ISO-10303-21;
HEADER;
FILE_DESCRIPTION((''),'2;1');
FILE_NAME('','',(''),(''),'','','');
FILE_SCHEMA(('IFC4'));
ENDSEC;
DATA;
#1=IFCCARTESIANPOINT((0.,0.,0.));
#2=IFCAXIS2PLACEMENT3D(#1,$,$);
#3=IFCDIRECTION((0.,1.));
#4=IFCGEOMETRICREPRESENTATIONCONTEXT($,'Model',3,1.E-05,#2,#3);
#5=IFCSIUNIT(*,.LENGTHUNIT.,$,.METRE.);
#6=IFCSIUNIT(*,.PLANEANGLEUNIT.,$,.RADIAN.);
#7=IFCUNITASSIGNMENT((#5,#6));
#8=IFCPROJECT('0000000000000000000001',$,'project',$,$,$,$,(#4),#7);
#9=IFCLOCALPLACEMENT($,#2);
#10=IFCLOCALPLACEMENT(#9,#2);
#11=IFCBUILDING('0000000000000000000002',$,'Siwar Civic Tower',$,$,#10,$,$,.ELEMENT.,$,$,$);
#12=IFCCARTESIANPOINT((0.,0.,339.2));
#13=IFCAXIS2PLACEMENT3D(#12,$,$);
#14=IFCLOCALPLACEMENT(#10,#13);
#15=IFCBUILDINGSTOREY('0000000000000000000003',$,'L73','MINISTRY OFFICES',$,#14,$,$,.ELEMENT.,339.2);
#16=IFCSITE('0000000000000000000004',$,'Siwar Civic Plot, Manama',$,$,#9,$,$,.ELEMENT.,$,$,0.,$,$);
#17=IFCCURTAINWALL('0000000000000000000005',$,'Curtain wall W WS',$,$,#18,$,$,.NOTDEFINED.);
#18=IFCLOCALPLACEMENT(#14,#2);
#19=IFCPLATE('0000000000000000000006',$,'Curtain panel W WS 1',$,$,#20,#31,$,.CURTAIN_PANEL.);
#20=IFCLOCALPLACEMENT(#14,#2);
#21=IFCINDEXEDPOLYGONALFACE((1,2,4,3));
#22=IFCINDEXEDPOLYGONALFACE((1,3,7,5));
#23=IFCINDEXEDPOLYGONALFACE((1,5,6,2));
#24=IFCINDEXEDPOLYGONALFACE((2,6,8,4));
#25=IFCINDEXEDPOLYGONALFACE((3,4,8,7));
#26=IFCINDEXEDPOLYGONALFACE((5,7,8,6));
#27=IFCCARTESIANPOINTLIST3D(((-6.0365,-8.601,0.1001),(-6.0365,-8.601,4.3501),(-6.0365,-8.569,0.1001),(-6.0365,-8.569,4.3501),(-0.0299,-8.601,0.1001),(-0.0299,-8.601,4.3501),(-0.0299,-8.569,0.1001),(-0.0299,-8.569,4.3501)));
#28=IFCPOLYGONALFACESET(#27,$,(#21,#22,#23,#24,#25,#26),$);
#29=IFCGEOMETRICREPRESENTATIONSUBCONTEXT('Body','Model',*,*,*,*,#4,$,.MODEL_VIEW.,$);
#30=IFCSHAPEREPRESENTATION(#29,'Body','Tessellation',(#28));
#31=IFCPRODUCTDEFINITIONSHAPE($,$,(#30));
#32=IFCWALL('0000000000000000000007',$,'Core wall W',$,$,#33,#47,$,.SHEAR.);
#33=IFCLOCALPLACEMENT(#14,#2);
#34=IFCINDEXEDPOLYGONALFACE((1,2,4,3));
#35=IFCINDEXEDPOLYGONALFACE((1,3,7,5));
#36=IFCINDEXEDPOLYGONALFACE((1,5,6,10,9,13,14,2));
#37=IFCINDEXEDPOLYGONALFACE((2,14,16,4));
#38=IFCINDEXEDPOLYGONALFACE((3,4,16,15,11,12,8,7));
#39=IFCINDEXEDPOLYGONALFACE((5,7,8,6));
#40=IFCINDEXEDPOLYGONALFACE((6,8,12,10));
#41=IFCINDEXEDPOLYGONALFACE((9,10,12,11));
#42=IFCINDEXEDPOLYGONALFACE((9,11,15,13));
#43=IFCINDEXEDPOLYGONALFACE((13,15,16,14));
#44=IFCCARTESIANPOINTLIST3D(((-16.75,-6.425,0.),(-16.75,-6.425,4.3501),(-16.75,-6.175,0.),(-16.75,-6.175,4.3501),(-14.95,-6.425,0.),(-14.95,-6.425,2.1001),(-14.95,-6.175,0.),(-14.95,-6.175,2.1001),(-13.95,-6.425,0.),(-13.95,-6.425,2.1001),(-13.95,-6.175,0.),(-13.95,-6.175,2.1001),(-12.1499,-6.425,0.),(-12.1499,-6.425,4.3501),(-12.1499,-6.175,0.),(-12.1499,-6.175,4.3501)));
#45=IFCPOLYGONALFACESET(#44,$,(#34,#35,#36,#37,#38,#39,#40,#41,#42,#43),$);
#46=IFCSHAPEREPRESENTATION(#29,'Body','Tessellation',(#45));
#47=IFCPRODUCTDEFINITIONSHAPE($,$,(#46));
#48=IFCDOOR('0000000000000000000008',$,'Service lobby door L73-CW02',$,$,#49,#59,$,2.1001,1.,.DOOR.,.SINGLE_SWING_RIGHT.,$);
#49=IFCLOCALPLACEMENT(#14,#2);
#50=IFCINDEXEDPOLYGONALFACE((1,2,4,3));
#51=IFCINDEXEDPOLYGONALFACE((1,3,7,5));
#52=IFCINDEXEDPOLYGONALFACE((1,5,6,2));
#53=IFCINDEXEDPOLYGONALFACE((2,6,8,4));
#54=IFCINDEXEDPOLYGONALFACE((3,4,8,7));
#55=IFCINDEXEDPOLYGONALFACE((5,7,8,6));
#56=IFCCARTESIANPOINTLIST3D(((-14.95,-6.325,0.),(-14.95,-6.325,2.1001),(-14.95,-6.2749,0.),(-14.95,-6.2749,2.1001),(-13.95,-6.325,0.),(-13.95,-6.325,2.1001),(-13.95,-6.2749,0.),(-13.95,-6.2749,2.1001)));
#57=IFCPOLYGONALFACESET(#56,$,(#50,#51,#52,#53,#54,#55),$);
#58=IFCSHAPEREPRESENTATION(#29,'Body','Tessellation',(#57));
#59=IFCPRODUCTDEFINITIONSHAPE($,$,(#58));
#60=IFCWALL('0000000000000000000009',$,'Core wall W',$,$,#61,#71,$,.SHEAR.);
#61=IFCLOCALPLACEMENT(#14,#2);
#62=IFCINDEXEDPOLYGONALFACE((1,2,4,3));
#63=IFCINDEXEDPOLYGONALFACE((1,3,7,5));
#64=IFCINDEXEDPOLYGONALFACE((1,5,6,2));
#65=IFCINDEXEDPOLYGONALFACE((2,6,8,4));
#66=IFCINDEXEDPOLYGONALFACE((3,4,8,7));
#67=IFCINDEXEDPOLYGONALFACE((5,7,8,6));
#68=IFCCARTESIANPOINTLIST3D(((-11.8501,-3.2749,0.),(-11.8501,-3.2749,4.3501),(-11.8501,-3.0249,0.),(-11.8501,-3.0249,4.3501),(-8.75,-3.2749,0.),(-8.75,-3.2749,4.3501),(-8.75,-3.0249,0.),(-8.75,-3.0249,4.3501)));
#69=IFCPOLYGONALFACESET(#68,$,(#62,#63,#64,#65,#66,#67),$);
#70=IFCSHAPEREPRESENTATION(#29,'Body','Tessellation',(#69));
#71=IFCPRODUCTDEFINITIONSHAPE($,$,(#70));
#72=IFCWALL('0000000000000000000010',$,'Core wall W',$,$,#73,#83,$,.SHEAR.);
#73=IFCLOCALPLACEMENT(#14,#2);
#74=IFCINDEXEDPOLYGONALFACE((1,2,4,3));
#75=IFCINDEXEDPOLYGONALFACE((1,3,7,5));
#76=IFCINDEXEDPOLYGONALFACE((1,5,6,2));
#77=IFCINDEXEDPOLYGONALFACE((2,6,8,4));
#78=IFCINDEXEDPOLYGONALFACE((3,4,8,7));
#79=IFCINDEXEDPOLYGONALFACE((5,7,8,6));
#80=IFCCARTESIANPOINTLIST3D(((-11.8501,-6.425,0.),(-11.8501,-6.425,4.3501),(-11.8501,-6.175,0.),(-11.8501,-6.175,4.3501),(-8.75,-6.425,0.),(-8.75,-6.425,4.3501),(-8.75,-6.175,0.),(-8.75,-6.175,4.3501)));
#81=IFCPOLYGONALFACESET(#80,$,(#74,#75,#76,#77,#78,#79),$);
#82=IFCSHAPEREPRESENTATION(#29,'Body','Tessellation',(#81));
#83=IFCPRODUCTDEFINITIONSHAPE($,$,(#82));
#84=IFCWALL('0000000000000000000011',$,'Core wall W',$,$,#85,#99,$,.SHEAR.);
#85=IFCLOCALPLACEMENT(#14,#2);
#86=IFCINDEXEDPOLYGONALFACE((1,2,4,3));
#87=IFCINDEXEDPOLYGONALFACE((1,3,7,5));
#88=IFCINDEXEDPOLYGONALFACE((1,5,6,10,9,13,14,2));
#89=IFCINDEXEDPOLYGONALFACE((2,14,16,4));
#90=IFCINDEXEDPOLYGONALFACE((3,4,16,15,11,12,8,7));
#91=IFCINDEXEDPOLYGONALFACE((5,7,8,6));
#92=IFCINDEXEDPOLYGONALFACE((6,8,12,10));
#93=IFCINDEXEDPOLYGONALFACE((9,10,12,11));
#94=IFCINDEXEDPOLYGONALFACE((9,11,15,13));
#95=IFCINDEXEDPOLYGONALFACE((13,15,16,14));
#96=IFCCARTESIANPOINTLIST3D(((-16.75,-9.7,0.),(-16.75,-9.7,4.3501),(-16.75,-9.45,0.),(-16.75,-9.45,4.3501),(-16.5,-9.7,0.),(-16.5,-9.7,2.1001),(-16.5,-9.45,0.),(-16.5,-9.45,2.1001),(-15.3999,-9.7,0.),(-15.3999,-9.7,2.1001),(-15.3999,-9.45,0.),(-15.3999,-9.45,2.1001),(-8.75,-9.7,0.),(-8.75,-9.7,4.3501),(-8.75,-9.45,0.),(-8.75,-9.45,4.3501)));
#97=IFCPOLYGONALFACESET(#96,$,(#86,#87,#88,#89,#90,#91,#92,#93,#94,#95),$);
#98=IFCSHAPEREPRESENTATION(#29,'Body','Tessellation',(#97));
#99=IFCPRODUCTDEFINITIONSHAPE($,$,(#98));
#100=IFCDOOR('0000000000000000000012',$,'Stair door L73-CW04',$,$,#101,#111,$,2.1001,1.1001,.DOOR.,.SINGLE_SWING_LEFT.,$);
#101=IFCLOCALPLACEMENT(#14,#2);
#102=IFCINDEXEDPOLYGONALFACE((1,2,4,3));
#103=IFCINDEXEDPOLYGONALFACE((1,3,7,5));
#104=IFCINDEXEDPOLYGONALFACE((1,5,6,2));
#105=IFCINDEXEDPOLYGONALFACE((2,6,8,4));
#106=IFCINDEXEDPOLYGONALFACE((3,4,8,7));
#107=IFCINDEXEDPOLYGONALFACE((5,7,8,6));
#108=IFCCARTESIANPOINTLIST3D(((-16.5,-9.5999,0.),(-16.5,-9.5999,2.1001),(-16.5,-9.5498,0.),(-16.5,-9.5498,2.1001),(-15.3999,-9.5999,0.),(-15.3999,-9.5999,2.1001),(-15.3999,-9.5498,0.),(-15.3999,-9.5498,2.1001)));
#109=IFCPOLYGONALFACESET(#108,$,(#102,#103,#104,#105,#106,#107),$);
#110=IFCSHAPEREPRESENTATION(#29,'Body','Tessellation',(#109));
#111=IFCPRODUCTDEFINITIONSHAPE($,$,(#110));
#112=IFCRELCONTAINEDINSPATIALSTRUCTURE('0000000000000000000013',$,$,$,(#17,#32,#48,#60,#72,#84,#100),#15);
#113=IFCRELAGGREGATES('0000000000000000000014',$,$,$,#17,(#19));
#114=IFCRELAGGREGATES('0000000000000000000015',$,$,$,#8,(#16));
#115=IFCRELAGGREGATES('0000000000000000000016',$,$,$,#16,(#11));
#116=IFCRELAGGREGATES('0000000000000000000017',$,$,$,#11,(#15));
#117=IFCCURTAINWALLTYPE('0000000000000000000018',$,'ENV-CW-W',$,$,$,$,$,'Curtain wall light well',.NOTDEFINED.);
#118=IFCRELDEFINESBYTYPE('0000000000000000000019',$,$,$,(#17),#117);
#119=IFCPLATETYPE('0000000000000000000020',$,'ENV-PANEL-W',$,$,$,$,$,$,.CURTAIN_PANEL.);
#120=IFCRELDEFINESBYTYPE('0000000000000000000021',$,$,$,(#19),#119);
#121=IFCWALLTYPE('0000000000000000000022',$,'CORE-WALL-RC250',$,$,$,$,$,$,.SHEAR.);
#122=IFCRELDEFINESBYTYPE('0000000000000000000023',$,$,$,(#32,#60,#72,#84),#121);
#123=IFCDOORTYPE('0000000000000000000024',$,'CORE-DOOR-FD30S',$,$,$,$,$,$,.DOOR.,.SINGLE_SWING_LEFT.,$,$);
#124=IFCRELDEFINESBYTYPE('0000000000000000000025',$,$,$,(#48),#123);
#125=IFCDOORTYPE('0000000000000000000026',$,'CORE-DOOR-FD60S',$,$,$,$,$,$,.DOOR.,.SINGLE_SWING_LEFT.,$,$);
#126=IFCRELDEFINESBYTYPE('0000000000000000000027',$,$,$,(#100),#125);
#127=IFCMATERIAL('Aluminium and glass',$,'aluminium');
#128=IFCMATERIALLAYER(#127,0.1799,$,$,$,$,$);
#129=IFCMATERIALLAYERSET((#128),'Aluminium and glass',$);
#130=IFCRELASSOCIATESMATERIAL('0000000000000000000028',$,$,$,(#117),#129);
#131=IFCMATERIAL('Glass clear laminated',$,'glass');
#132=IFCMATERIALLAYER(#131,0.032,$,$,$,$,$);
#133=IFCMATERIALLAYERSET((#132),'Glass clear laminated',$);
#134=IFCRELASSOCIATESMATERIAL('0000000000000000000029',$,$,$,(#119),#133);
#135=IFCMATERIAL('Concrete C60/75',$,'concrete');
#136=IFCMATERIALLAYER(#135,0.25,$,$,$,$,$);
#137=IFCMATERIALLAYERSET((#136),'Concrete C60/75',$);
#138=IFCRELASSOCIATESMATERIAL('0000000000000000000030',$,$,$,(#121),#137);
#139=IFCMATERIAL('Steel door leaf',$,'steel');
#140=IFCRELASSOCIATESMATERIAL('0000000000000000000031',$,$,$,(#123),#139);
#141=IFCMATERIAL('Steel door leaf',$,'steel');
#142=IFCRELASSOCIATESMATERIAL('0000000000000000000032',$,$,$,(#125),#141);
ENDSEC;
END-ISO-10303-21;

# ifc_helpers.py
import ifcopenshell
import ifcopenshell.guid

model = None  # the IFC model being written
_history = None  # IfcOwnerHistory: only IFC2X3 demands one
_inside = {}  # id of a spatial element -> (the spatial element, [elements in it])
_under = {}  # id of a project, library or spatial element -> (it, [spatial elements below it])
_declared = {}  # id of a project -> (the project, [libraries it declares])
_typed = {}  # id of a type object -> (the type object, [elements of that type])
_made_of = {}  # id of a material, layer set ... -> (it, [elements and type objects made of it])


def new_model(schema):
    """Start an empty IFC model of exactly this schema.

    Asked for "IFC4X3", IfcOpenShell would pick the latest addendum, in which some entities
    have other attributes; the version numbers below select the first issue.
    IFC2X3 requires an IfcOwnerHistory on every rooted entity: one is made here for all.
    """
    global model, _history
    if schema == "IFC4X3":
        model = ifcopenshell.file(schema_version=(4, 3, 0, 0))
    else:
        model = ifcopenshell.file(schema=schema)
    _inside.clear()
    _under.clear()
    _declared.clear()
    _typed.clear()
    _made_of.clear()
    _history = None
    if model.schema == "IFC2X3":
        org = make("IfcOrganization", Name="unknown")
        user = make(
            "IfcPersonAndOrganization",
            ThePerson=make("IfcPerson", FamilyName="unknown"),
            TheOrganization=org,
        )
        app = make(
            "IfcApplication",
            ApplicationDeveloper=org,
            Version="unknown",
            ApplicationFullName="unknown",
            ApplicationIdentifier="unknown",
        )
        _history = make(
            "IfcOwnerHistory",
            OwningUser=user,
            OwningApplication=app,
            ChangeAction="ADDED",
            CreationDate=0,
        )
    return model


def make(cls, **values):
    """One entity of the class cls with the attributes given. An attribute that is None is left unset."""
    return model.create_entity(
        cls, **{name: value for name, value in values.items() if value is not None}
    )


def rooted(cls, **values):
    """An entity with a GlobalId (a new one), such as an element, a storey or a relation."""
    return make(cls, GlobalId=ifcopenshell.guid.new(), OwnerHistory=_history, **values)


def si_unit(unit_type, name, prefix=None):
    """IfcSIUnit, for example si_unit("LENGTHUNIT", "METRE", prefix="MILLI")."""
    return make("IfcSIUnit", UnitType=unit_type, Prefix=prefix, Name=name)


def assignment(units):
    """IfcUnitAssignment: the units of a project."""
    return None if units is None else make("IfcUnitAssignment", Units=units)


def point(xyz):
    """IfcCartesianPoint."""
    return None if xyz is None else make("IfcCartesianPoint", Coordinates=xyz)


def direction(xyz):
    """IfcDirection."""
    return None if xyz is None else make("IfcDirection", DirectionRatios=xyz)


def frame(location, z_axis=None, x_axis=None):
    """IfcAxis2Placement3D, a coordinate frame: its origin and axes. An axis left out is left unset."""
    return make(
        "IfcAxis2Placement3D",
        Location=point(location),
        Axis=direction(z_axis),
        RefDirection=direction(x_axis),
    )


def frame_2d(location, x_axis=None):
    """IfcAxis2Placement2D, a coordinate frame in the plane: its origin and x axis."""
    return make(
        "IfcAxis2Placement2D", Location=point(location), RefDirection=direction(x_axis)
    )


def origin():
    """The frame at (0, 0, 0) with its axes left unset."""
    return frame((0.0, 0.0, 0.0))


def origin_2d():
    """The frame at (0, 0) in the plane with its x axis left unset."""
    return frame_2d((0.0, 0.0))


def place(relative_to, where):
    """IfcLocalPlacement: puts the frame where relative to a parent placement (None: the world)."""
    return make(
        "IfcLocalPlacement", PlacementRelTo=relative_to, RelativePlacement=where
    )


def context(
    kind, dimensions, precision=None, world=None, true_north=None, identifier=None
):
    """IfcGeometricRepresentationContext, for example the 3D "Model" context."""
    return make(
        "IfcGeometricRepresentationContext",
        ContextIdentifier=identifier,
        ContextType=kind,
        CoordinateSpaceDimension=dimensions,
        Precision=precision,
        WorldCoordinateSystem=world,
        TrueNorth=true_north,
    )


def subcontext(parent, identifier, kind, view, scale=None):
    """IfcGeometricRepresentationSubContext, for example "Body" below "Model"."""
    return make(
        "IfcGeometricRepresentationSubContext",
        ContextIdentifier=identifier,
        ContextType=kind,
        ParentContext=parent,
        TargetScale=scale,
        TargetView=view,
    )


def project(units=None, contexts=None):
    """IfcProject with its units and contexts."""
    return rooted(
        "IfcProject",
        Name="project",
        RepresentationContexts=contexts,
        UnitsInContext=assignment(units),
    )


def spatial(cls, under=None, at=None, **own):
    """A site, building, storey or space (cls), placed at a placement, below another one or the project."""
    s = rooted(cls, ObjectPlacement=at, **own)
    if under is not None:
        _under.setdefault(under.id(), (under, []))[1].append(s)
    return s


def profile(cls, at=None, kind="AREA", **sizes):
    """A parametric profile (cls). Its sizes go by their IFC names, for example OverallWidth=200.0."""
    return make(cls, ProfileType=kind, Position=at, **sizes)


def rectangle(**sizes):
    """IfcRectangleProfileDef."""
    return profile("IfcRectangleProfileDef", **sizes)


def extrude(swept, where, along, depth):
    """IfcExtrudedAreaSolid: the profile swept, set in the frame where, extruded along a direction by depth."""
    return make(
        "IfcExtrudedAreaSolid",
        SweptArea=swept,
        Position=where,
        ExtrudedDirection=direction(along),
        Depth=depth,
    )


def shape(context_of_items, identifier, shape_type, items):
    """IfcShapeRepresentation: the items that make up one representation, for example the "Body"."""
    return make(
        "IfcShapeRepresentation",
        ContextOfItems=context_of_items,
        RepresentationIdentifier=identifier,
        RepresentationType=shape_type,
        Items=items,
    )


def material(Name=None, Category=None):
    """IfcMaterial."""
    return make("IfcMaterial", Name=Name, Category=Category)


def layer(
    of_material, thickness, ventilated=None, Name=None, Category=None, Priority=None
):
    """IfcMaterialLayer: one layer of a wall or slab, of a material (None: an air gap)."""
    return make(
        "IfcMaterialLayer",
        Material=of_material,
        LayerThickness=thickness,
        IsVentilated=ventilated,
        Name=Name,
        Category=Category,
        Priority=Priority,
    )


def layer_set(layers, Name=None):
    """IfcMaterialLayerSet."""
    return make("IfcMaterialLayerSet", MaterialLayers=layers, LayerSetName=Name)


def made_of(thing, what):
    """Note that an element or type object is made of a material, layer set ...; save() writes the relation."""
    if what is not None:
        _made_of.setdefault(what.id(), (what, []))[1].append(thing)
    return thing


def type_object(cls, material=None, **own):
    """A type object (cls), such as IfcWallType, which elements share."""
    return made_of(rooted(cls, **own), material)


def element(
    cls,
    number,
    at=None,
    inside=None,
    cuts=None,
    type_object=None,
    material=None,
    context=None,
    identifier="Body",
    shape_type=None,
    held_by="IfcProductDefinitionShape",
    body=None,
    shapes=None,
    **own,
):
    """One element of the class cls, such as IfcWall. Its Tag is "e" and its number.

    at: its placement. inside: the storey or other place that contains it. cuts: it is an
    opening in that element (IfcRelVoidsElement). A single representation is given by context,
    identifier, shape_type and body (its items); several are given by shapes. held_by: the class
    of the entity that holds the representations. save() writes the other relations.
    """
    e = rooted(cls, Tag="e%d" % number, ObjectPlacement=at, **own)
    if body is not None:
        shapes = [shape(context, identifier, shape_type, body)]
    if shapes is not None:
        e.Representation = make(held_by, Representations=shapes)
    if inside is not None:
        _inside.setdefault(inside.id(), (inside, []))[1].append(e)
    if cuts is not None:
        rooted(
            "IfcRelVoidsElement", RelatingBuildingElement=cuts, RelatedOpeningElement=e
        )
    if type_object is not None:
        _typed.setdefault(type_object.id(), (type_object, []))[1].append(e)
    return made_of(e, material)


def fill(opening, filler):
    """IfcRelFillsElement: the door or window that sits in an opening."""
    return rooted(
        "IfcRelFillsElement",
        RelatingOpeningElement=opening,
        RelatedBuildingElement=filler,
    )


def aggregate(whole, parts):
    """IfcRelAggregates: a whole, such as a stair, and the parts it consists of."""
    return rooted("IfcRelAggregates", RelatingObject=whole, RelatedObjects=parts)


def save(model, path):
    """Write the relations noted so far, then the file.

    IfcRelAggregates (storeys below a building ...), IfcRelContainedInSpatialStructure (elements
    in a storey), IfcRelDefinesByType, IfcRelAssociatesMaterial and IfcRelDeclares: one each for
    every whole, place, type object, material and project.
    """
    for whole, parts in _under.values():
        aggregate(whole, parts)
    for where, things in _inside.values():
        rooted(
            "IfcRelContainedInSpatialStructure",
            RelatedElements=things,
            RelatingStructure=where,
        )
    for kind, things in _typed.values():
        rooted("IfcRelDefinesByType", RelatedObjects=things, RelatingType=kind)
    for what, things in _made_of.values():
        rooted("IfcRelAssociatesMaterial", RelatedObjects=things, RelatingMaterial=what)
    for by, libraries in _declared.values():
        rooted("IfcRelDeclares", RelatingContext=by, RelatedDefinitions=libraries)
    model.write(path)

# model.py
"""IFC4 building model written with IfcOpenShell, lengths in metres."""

from ifc_helpers import new_model, si_unit, direction, frame, frame_2d, origin, origin_2d, place, context, subcontext, project, spatial, rectangle, extrude, material, layer, layer_set, type_object, element, fill, aggregate, save


model = new_model("IFC4")

# Units and contexts
model_context = context("Model", 3, precision=1e-05, world=origin(), true_north=direction((0.0, 1.0)))
body_context = subcontext(model_context, "Body", "Model", "MODEL_VIEW")
ifc_project = project(units=[si_unit("LENGTHUNIT", "METRE"), si_unit("PLANEANGLEUNIT", "RADIAN")], contexts=[model_context])

# Site, building, storey
site_placement = place(None, origin())
site = spatial("IfcSite", under=ifc_project, at=site_placement, Name="Siwar Civic Plot, Manama", CompositionType="ELEMENT", RefElevation=0.0)
building_placement = place(site_placement, origin())
building = spatial("IfcBuilding", under=site, at=building_placement, Name="Siwar Civic Tower", CompositionType="ELEMENT")
storey_placement = place(building_placement, frame((0.0, 0.0, 339.2)))
storey = spatial("IfcBuildingStorey", under=building, at=storey_placement, Name="L73", Description="MINISTRY OFFICES", CompositionType="ELEMENT", Elevation=339.2)

# Curtain wall
ifc_material_1 = material(Name="Aluminium and glass", Category="aluminium")
ifc_layer_1 = layer(ifc_material_1, 0.1799)
ifc_layer_set_1 = layer_set([ifc_layer_1], Name="Aluminium and glass")
curtain_wall_type = type_object("IfcCurtainWallType", Name="ENV-CW-W", ElementType="Curtain wall light well", PredefinedType="NOTDEFINED", material=ifc_layer_set_1)
curtain_wall_placement = place(storey_placement, origin())
curtain_wall = element("IfcCurtainWall", 1, at=curtain_wall_placement, inside=storey, type_object=curtain_wall_type, Name="Curtain wall W WS", PredefinedType="NOTDEFINED")

# Plate
ifc_material_2 = material(Name="Glass clear laminated", Category="glass")
ifc_layer_2 = layer(ifc_material_2, 0.032)
ifc_layer_set_2 = layer_set([ifc_layer_2], Name="Glass clear laminated")
plate_type = type_object("IfcPlateType", Name="ENV-PANEL-W", PredefinedType="CURTAIN_PANEL", material=ifc_layer_set_2)
plate_placement = place(storey_placement, frame((-3.0332, -8.585, 0.1001), z_axis=(0.0, 0.0, 1.0), x_axis=(1.0, 0.0, 0.0)))
plate = element("IfcPlate", 2, at=plate_placement, type_object=plate_type, Name="Curtain panel W WS 1", PredefinedType="CURTAIN_PANEL", context=body_context, shape_type="SweptSolid", body=[
    extrude(rectangle(XDim=6.0066, YDim=0.032, at=origin_2d()), origin(), (0.0, 0.0, 1.0), 4.25),
])
aggregate(curtain_wall, [plate])

# Wall, opening, door
ifc_material_3 = material(Name="Concrete C60/75", Category="concrete")
ifc_layer_3 = layer(ifc_material_3, 0.25)
ifc_layer_set_3 = layer_set([ifc_layer_3], Name="Concrete C60/75")
wall_type_1 = type_object("IfcWallType", Name="CORE-WALL-RC250", PredefinedType="SHEAR", material=ifc_layer_set_3)
wall_1_placement = place(storey_placement, frame((-12.1499, -6.3, 0.0), z_axis=(0.0, 0.0, 1.0), x_axis=(-1.0, 0.0, 0.0)))
wall_1 = element("IfcWall", 3, at=wall_1_placement, inside=storey, type_object=wall_type_1, Name="Core wall W", PredefinedType="SHEAR", context=body_context, shape_type="SweptSolid", body=[
    extrude(rectangle(XDim=4.6001, YDim=0.25, at=frame_2d((2.3, 0.0))), origin(), (0.0, 0.0, 1.0), 4.3501),
])
opening_1_placement = place(wall_1_placement, frame((1.8, 0.0, 0.0)))
opening_1 = element("IfcOpeningElement", 4, at=opening_1_placement, cuts=wall_1, PredefinedType="OPENING", context=body_context, shape_type="SweptSolid", body=[
    extrude(rectangle(XDim=1.0, YDim=2.1001, at=frame_2d((0.5, 1.05))), frame((0.0, 0.135, 0.0), z_axis=(0.0, -1.0, 0.0), x_axis=(1.0, 0.0, 0.0)), (0.0, 0.0, 1.0), 0.27),
])
ifc_material_4 = material(Name="Steel door leaf", Category="steel")
door_type_1 = type_object("IfcDoorType", Name="CORE-DOOR-FD30S", OperationType="SINGLE_SWING_LEFT", PredefinedType="DOOR", material=ifc_material_4)
door_1_placement = place(opening_1_placement, origin())
door_1 = element("IfcDoor", 5, at=door_1_placement, inside=storey, type_object=door_type_1, Name="Service lobby door L73-CW02", OperationType="SINGLE_SWING_RIGHT", OverallHeight=2.1001, OverallWidth=1.0, PredefinedType="DOOR", context=body_context, shape_type="SweptSolid", body=[
    extrude(rectangle(XDim=1.0, YDim=2.1001, at=frame_2d((0.5, 1.05))), frame((0.0, 0.0249, 0.0), z_axis=(0.0, -1.0, 0.0), x_axis=(1.0, 0.0, 0.0)), (0.0, 0.0, 1.0), 0.05),
])
fill(opening_1, door_1)

# Walls
for number, where, z_axis, x_axis, name in (
    (6, (-8.75, -3.1499, 0.0), (0.0, 0.0, 1.0), (-1.0, 0.0, 0.0), "Core wall W"),
    (7, (-8.75, -6.3, 0.0), (0.0, 0.0, 1.0), (-1.0, 0.0, 0.0), "Core wall W"),
):
    element("IfcWall", number, at=place(storey_placement, frame(where, z_axis=z_axis, x_axis=x_axis)), inside=storey, type_object=wall_type_1, Name=name, PredefinedType="SHEAR", context=body_context, shape_type="SweptSolid", body=[
        extrude(rectangle(XDim=3.1001, YDim=0.25, at=frame_2d((1.55, 0.0))), origin(), (0.0, 0.0, 1.0), 4.3501),
    ])

# Wall, opening, door
wall_2_placement = place(storey_placement, frame((-8.75, -9.575, 0.0), z_axis=(0.0, 0.0, 1.0), x_axis=(-1.0, 0.0, 0.0)))
wall_2 = element("IfcWall", 8, at=wall_2_placement, inside=storey, type_object=wall_type_1, Name="Core wall W", PredefinedType="SHEAR", context=body_context, shape_type="SweptSolid", body=[
    extrude(rectangle(XDim=8.0, YDim=0.25, at=frame_2d((4.0, 0.0))), origin(), (0.0, 0.0, 1.0), 4.3501),
])
opening_2_placement = place(wall_2_placement, frame((6.6499, 0.0, 0.0)))
opening_2 = element("IfcOpeningElement", 9, at=opening_2_placement, cuts=wall_2, PredefinedType="OPENING", context=body_context, shape_type="SweptSolid", body=[
    extrude(rectangle(XDim=1.1001, YDim=2.1001, at=frame_2d((0.55, 1.05))), frame((0.0, 0.135, 0.0), z_axis=(0.0, -1.0, 0.0), x_axis=(1.0, 0.0, 0.0)), (0.0, 0.0, 1.0), 0.27),
])
ifc_material_5 = material(Name="Steel door leaf", Category="steel")
door_type_2 = type_object("IfcDoorType", Name="CORE-DOOR-FD60S", OperationType="SINGLE_SWING_LEFT", PredefinedType="DOOR", material=ifc_material_5)
door_2_placement = place(opening_2_placement, origin())
door_2 = element("IfcDoor", 10, at=door_2_placement, inside=storey, type_object=door_type_2, Name="Stair door L73-CW04", OperationType="SINGLE_SWING_LEFT", OverallHeight=2.1001, OverallWidth=1.1001, PredefinedType="DOOR", context=body_context, shape_type="SweptSolid", body=[
    extrude(rectangle(XDim=1.1001, YDim=2.1001, at=frame_2d((0.55, 1.05))), frame((0.0, 0.0249, 0.0), z_axis=(0.0, -1.0, 0.0), x_axis=(1.0, 0.0, 0.0)), (0.0, 0.0, 1.0), 0.05),
])
fill(opening_2, door_2)

save(model, "model.ifc")
